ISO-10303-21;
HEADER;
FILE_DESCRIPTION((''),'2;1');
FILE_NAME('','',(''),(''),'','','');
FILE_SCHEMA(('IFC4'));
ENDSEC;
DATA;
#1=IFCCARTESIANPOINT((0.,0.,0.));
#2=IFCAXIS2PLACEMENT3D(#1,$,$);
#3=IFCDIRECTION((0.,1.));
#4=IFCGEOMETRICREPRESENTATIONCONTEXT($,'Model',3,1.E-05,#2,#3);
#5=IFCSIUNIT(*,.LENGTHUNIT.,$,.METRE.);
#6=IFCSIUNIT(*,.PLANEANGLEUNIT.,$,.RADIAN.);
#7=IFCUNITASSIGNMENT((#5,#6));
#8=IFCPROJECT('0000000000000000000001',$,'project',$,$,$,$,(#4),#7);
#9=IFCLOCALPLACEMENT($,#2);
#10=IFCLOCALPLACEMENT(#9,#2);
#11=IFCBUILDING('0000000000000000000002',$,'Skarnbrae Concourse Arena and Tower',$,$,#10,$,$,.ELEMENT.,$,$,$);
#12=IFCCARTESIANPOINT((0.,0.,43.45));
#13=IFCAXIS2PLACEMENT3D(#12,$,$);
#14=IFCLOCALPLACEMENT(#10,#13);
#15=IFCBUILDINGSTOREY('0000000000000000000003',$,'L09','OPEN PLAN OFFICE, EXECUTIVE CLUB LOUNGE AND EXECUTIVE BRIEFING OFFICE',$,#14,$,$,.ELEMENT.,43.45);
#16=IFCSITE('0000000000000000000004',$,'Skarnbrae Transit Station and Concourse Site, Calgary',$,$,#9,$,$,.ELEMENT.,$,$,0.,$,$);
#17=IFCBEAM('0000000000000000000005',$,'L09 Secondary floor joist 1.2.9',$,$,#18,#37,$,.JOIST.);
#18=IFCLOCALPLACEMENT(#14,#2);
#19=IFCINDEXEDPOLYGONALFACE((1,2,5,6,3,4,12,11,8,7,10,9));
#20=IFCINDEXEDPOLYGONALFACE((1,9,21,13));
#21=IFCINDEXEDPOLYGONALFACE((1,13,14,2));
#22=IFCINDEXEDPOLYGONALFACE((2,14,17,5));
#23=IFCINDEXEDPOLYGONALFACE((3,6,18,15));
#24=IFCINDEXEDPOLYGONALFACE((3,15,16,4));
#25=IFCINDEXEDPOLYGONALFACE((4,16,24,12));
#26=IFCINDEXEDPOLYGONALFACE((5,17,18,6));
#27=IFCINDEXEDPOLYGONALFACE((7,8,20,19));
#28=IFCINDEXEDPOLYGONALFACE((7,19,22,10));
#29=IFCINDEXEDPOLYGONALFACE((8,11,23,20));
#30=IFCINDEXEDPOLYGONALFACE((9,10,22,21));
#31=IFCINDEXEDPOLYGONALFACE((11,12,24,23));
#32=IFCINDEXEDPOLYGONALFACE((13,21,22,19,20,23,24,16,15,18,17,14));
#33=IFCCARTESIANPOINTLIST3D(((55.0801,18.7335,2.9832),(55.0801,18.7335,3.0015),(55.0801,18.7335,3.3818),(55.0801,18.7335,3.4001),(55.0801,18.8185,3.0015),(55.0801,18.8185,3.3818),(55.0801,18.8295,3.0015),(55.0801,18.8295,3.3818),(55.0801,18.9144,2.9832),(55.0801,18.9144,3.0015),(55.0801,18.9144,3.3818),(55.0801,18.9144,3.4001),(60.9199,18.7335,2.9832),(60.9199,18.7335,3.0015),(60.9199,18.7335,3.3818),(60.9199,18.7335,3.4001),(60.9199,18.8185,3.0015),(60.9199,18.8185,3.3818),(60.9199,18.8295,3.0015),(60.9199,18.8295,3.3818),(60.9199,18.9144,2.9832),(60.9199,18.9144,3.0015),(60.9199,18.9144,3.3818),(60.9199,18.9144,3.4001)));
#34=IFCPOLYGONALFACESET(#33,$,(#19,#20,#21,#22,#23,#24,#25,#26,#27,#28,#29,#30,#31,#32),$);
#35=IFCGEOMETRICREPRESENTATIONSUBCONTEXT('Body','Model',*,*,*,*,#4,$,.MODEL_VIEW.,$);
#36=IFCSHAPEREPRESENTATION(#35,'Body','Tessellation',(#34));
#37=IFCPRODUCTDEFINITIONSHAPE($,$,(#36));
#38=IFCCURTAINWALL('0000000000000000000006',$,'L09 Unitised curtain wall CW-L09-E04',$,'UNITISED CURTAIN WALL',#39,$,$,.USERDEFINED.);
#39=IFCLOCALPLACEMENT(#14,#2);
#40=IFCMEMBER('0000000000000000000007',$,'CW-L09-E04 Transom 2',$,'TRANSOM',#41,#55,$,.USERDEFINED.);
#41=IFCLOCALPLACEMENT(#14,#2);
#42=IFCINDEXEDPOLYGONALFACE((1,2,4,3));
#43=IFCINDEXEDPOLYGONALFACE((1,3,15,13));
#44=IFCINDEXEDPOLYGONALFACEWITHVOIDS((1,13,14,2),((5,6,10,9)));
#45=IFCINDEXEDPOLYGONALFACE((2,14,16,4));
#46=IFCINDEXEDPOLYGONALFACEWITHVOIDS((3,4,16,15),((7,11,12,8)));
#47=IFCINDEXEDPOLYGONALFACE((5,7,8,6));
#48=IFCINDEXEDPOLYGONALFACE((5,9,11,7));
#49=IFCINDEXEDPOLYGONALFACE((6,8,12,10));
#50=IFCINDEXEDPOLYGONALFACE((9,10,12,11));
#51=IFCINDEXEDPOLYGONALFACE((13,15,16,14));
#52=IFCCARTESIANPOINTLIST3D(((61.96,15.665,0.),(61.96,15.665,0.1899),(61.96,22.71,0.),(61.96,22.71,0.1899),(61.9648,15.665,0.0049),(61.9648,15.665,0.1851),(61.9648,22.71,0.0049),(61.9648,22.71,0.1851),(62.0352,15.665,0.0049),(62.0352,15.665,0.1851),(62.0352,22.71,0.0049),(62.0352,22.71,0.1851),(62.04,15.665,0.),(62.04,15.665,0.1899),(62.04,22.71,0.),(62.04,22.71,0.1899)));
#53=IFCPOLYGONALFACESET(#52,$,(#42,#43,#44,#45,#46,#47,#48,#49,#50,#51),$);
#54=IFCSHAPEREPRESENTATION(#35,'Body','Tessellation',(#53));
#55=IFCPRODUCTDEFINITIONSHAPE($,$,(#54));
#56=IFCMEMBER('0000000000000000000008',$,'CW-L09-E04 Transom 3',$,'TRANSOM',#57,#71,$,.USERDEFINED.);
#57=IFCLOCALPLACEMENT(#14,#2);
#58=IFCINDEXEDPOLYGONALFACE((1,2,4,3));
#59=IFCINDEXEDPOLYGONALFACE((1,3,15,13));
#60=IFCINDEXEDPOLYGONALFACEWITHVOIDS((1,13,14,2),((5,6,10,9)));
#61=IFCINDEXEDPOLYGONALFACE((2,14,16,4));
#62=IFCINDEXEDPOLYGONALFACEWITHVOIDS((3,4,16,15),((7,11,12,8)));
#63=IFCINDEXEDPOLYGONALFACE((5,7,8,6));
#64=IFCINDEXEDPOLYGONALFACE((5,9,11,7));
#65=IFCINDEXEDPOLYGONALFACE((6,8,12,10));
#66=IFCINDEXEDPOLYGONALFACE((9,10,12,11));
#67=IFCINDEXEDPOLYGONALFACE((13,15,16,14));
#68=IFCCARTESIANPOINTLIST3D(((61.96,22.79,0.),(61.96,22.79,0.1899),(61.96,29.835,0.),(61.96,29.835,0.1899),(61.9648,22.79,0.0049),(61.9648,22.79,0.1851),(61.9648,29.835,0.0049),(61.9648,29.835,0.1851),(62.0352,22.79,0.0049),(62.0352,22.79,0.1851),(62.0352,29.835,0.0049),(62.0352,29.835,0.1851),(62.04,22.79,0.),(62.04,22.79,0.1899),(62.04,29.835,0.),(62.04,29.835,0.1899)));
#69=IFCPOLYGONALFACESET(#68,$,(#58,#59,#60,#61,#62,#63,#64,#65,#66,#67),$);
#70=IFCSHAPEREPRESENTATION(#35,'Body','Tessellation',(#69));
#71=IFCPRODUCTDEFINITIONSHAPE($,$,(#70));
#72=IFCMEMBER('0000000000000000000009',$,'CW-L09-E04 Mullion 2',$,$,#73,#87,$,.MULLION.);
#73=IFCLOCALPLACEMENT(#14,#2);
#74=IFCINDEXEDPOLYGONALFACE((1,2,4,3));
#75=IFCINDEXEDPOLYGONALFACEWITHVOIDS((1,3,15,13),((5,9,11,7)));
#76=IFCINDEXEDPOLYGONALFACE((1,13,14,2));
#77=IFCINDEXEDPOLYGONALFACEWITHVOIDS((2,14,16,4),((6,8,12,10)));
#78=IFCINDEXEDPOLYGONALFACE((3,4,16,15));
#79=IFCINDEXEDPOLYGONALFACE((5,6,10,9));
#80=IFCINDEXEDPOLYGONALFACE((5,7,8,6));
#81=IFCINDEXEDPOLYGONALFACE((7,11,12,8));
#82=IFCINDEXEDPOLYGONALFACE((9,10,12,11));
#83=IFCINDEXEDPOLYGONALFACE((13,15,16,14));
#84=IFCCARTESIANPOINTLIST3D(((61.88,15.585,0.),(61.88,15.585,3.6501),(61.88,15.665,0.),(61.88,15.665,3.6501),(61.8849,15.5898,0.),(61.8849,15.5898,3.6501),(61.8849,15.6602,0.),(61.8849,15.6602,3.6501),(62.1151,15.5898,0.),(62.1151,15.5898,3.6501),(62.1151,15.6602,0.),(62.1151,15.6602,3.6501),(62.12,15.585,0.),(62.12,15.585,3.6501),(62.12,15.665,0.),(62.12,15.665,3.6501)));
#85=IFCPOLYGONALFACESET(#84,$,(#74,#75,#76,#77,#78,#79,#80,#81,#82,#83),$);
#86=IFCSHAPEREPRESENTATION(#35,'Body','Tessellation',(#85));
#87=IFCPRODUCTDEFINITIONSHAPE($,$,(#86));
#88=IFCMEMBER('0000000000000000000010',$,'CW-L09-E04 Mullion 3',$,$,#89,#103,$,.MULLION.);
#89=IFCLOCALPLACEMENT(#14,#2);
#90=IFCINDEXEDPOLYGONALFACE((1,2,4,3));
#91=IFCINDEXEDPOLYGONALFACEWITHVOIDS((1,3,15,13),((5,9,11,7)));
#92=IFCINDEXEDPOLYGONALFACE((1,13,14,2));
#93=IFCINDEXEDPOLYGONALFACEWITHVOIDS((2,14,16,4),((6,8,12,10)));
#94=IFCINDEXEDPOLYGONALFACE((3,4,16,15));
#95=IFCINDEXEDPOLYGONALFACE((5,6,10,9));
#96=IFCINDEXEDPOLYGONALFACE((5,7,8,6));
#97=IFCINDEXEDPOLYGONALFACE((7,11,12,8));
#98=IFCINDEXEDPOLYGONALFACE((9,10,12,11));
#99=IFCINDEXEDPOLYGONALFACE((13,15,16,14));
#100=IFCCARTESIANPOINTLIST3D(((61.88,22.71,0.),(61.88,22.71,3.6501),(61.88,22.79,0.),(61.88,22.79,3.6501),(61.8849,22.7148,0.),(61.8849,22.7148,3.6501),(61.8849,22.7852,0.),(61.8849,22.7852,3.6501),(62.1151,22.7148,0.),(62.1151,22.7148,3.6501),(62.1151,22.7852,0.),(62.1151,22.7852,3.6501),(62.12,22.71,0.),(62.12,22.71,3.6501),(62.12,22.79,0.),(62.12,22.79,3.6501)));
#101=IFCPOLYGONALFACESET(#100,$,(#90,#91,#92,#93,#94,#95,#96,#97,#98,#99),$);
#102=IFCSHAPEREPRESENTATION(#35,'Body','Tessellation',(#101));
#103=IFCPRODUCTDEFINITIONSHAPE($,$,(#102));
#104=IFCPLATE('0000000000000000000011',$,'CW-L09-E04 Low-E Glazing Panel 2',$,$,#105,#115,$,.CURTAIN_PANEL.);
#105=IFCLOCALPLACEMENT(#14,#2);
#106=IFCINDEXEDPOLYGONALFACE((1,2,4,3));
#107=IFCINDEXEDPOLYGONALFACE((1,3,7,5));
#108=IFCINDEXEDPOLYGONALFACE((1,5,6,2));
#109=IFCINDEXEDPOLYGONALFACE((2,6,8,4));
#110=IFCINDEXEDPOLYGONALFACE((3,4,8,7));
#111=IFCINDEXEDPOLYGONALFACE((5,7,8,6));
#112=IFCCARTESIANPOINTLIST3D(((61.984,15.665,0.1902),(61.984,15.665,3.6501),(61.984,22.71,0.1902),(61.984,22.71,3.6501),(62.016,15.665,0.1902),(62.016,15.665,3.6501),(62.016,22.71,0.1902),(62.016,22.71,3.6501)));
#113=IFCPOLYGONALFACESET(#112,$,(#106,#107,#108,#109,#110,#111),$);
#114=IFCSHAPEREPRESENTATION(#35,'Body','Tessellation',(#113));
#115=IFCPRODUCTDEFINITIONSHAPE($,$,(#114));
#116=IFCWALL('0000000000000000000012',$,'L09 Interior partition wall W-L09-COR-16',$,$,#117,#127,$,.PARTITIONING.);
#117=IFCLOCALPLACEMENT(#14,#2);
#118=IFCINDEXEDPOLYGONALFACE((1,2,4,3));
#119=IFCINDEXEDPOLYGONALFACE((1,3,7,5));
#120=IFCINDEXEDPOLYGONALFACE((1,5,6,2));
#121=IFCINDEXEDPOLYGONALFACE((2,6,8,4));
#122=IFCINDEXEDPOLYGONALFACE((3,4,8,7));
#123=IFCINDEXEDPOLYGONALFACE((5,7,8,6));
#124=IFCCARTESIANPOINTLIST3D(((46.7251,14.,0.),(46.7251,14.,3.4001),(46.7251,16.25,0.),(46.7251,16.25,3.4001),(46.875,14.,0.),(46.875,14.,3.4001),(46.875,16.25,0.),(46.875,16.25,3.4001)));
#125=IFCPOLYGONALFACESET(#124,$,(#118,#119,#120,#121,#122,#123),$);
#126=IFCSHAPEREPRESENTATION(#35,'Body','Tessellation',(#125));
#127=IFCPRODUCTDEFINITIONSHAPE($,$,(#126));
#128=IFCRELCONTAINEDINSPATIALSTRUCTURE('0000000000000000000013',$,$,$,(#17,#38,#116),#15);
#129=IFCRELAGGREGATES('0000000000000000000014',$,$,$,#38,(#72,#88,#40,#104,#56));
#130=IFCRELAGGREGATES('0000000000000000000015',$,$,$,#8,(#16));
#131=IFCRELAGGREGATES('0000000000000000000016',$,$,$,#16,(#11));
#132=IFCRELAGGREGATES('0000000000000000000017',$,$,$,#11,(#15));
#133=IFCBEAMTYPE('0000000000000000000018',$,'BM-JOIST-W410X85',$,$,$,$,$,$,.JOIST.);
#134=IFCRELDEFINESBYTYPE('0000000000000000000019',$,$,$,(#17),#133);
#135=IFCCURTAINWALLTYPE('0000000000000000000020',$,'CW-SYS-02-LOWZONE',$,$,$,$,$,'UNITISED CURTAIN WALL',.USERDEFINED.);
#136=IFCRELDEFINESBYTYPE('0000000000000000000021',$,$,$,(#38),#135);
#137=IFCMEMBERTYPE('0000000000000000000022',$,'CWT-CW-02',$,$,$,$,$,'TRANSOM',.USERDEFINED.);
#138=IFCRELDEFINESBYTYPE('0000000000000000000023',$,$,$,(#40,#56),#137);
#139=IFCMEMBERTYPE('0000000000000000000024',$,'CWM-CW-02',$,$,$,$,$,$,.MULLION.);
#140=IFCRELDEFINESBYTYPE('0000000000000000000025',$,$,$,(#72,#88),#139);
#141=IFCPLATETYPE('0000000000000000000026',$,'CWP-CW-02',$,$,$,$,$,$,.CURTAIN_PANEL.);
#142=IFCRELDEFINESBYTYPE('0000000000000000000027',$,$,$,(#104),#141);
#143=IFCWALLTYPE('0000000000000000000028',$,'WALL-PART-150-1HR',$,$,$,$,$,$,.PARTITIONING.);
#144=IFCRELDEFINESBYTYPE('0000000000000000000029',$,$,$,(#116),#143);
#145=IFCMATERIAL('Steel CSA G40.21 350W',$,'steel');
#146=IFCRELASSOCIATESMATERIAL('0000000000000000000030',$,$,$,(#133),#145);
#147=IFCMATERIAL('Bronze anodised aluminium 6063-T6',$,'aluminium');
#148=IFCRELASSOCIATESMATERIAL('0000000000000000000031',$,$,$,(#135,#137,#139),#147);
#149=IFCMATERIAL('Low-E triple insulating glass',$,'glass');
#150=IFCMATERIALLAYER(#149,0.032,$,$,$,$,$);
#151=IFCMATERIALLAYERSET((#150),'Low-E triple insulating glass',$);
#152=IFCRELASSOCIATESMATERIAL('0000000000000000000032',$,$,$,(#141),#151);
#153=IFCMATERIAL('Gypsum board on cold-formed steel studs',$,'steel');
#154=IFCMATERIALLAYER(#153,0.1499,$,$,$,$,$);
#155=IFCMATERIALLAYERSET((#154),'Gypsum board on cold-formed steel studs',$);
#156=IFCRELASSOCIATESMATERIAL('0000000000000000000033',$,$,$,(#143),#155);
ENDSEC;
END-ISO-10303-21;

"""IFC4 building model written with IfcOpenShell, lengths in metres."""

from ifc_helpers import new_model, si_unit, direction, frame, frame_2d, origin, origin_2d, place, context, subcontext, project, spatial, rectangle, hollow_rectangle, i_section, extrude, source, transform, mapped, material, layer, layer_set, material_profile, profile_set, type_object, element, aggregate, save


model = new_model("IFC4")

# Units and contexts
model_context = context("Model", 3, precision=1e-05, world=origin(), true_north=direction((0.0, 1.0)))
body_context = subcontext(model_context, "Body", "Model", "MODEL_VIEW")
ifc_project = project(units=[si_unit("LENGTHUNIT", "METRE"), si_unit("PLANEANGLEUNIT", "RADIAN")], contexts=[model_context])

# Site, building, storey
site_placement = place(None, origin())
site = spatial("IfcSite", under=ifc_project, at=site_placement, Name="Skarnbrae Transit Station and Concourse Site, Calgary", CompositionType="ELEMENT", RefElevation=0.0)
building_placement = place(site_placement, origin())
building = spatial("IfcBuilding", under=site, at=building_placement, Name="Skarnbrae Concourse Arena and Tower", CompositionType="ELEMENT")
storey_placement = place(building_placement, frame((0.0, 0.0, 43.45)))
storey = spatial("IfcBuildingStorey", under=building, at=storey_placement, Name="L09", Description="OPEN PLAN OFFICE, EXECUTIVE CLUB LOUNGE AND EXECUTIVE BRIEFING OFFICE", CompositionType="ELEMENT", Elevation=43.45)

# Shared definitions
ifc_material_1 = material(Name="Steel CSA G40.21 350W", Category="steel")

# Beam
ifc_material_profile_1 = material_profile(ifc_material_1, i_section(OverallWidth=0.1809, OverallDepth=0.417, WebThickness=0.011, FlangeThickness=0.0183, at=origin_2d()), Name="W410X85")
ifc_profile_set_1 = profile_set([ifc_material_profile_1], Name="Steel CSA G40.21 350W")
beam_type_1 = type_object("IfcBeamType", Name="BM-JOIST-W410X85", PredefinedType="JOIST", material=ifc_profile_set_1)
shared_shape_1 = source(origin(), body_context, "Body", "SweptSolid", [
    extrude(i_section(OverallWidth=0.1809, OverallDepth=0.417, WebThickness=0.011, FlangeThickness=0.0183, at=origin_2d()), origin(), (0.0, 0.0, 1.0), 5.8398),
])
for number, where, z_axis, x_axis, name in (
    (1, (55.0801, 18.824, 3.1917), (1.0, 0.0, 0.0), (0.0, 1.0, 0.0), "L09 Secondary floor joist 1.2.9"),
):
    element("IfcBeam", number, at=place(storey_placement, frame(where, z_axis=z_axis, x_axis=x_axis)), inside=storey, type_object=beam_type_1, Name=name, PredefinedType="JOIST", context=body_context, shape_type="MappedRepresentation", body=[
        mapped(shared_shape_1, transform((0.0, 0.0, 0.0))),
    ])

# Curtain wall, members, plate
ifc_material_2 = material(Name="Bronze anodised aluminium 6063-T6", Category="aluminium")
curtain_wall_type = type_object("IfcCurtainWallType", Name="CW-SYS-02-LOWZONE", ElementType="UNITISED CURTAIN WALL", PredefinedType="USERDEFINED", material=ifc_material_2)
curtain_wall_placement = place(storey_placement, origin())
curtain_wall = element("IfcCurtainWall", 2, at=curtain_wall_placement, inside=storey, type_object=curtain_wall_type, Name="L09 Unitised curtain wall CW-L09-E04", ObjectType="UNITISED CURTAIN WALL", PredefinedType="USERDEFINED")
ifc_material_profile_2 = material_profile(ifc_material_2, hollow_rectangle(XDim=0.0801, YDim=0.1899, WallThickness=0.0049, at=origin_2d()), Name="ALU-TRAN-80X190")
ifc_profile_set_2 = profile_set([ifc_material_profile_2], Name="Bronze anodised aluminium 6063-T6")
member_type_1 = type_object("IfcMemberType", Name="CWT-CW-02", ElementType="TRANSOM", PredefinedType="USERDEFINED", material=ifc_profile_set_2)
shared_shape_2 = source(origin(), body_context, "Body", "SweptSolid", [
    extrude(hollow_rectangle(XDim=0.0801, YDim=0.1899, WallThickness=0.0049, at=origin_2d()), origin(), (0.0, 0.0, 1.0), 7.0449),
])
member_1_placement = place(storey_placement, frame((62.0, 15.665, 0.095), z_axis=(0.0, 1.0, 0.0), x_axis=(-1.0, 0.0, 0.0)))
member_1 = element("IfcMember", 3, at=member_1_placement, type_object=member_type_1, Name="CW-L09-E04 Transom 2", ObjectType="TRANSOM", PredefinedType="USERDEFINED", context=body_context, shape_type="MappedRepresentation", body=[
    mapped(shared_shape_2, transform((0.0, 0.0, 0.0))),
])
member_2_placement = place(storey_placement, frame((62.0, 22.79, 0.095), z_axis=(0.0, 1.0, 0.0), x_axis=(-1.0, 0.0, 0.0)))
member_2 = element("IfcMember", 4, at=member_2_placement, type_object=member_type_1, Name="CW-L09-E04 Transom 3", ObjectType="TRANSOM", PredefinedType="USERDEFINED", context=body_context, shape_type="MappedRepresentation", body=[
    mapped(shared_shape_2, transform((0.0, 0.0, 0.0))),
])
ifc_material_profile_3 = material_profile(ifc_material_2, hollow_rectangle(XDim=0.0801, YDim=0.24, WallThickness=0.0049, at=origin_2d()), Name="ALU-MULL-80X240")
ifc_profile_set_3 = profile_set([ifc_material_profile_3], Name="Bronze anodised aluminium 6063-T6")
member_type_2 = type_object("IfcMemberType", Name="CWM-CW-02", PredefinedType="MULLION", material=ifc_profile_set_3)
shared_shape_3 = source(origin(), body_context, "Body", "SweptSolid", [
    extrude(hollow_rectangle(XDim=0.0801, YDim=0.24, WallThickness=0.0049, at=origin_2d()), origin(), (0.0, 0.0, 1.0), 3.6501),
])
member_3_placement = place(storey_placement, frame((62.0, 15.625, 0.0), z_axis=(0.0, 0.0, 1.0), x_axis=(0.0, 1.0, 0.0)))
member_3 = element("IfcMember", 5, at=member_3_placement, type_object=member_type_2, Name="CW-L09-E04 Mullion 2", PredefinedType="MULLION", context=body_context, shape_type="MappedRepresentation", body=[
    mapped(shared_shape_3, transform((0.0, 0.0, 0.0))),
])
member_4_placement = place(storey_placement, frame((62.0, 22.75, 0.0), z_axis=(0.0, 0.0, 1.0), x_axis=(0.0, 1.0, 0.0)))
member_4 = element("IfcMember", 6, at=member_4_placement, type_object=member_type_2, Name="CW-L09-E04 Mullion 3", PredefinedType="MULLION", context=body_context, shape_type="MappedRepresentation", body=[
    mapped(shared_shape_3, transform((0.0, 0.0, 0.0))),
])
ifc_material_3 = material(Name="Low-E triple insulating glass", Category="glass")
ifc_layer_1 = layer(ifc_material_3, 0.032)
ifc_layer_set_1 = layer_set([ifc_layer_1], Name="Low-E triple insulating glass")
plate_type = type_object("IfcPlateType", Name="CWP-CW-02", PredefinedType="CURTAIN_PANEL", material=ifc_layer_set_1)
shared_shape_4 = source(origin(), body_context, "Body", "SweptSolid", [
    extrude(rectangle(XDim=7.0449, YDim=0.032, at=origin_2d()), origin(), (0.0, 0.0, 1.0), 3.46),
])
plate_placement = place(storey_placement, frame((62.0, 19.1875, 0.1902), z_axis=(0.0, 0.0, 1.0), x_axis=(0.0, 1.0, 0.0)))
plate = element("IfcPlate", 7, at=plate_placement, type_object=plate_type, Name="CW-L09-E04 Low-E Glazing Panel 2", PredefinedType="CURTAIN_PANEL", context=body_context, shape_type="MappedRepresentation", body=[
    mapped(shared_shape_4, transform((0.0, 0.0, 0.0))),
])
aggregate(curtain_wall, [member_3, member_4, member_1, plate, member_2])

# Wall
ifc_material_4 = material(Name="Gypsum board on cold-formed steel studs", Category="steel")
ifc_layer_2 = layer(ifc_material_4, 0.1499)
ifc_layer_set_2 = layer_set([ifc_layer_2], Name="Gypsum board on cold-formed steel studs")
wall_type = type_object("IfcWallType", Name="WALL-PART-150-1HR", PredefinedType="PARTITIONING", material=ifc_layer_set_2)
shared_shape_5 = source(origin(), body_context, "Body", "SweptSolid", [
    extrude(rectangle(XDim=2.25, YDim=0.1499, at=frame_2d((1.125, 0.0))), origin(), (0.0, 0.0, 1.0), 3.4001),
])
wall_placement = place(storey_placement, frame((46.8, 16.25, 0.0), z_axis=(0.0, 0.0, 1.0), x_axis=(0.0, -1.0, 0.0)))
element("IfcWall", 8, at=wall_placement, inside=storey, type_object=wall_type, Name="L09 Interior partition wall W-L09-COR-16", PredefinedType="PARTITIONING", context=body_context, shape_type="MappedRepresentation", body=[
    mapped(shared_shape_5, transform((0.0, 0.0, 0.0))),
])

save(model, "model.ifc")
